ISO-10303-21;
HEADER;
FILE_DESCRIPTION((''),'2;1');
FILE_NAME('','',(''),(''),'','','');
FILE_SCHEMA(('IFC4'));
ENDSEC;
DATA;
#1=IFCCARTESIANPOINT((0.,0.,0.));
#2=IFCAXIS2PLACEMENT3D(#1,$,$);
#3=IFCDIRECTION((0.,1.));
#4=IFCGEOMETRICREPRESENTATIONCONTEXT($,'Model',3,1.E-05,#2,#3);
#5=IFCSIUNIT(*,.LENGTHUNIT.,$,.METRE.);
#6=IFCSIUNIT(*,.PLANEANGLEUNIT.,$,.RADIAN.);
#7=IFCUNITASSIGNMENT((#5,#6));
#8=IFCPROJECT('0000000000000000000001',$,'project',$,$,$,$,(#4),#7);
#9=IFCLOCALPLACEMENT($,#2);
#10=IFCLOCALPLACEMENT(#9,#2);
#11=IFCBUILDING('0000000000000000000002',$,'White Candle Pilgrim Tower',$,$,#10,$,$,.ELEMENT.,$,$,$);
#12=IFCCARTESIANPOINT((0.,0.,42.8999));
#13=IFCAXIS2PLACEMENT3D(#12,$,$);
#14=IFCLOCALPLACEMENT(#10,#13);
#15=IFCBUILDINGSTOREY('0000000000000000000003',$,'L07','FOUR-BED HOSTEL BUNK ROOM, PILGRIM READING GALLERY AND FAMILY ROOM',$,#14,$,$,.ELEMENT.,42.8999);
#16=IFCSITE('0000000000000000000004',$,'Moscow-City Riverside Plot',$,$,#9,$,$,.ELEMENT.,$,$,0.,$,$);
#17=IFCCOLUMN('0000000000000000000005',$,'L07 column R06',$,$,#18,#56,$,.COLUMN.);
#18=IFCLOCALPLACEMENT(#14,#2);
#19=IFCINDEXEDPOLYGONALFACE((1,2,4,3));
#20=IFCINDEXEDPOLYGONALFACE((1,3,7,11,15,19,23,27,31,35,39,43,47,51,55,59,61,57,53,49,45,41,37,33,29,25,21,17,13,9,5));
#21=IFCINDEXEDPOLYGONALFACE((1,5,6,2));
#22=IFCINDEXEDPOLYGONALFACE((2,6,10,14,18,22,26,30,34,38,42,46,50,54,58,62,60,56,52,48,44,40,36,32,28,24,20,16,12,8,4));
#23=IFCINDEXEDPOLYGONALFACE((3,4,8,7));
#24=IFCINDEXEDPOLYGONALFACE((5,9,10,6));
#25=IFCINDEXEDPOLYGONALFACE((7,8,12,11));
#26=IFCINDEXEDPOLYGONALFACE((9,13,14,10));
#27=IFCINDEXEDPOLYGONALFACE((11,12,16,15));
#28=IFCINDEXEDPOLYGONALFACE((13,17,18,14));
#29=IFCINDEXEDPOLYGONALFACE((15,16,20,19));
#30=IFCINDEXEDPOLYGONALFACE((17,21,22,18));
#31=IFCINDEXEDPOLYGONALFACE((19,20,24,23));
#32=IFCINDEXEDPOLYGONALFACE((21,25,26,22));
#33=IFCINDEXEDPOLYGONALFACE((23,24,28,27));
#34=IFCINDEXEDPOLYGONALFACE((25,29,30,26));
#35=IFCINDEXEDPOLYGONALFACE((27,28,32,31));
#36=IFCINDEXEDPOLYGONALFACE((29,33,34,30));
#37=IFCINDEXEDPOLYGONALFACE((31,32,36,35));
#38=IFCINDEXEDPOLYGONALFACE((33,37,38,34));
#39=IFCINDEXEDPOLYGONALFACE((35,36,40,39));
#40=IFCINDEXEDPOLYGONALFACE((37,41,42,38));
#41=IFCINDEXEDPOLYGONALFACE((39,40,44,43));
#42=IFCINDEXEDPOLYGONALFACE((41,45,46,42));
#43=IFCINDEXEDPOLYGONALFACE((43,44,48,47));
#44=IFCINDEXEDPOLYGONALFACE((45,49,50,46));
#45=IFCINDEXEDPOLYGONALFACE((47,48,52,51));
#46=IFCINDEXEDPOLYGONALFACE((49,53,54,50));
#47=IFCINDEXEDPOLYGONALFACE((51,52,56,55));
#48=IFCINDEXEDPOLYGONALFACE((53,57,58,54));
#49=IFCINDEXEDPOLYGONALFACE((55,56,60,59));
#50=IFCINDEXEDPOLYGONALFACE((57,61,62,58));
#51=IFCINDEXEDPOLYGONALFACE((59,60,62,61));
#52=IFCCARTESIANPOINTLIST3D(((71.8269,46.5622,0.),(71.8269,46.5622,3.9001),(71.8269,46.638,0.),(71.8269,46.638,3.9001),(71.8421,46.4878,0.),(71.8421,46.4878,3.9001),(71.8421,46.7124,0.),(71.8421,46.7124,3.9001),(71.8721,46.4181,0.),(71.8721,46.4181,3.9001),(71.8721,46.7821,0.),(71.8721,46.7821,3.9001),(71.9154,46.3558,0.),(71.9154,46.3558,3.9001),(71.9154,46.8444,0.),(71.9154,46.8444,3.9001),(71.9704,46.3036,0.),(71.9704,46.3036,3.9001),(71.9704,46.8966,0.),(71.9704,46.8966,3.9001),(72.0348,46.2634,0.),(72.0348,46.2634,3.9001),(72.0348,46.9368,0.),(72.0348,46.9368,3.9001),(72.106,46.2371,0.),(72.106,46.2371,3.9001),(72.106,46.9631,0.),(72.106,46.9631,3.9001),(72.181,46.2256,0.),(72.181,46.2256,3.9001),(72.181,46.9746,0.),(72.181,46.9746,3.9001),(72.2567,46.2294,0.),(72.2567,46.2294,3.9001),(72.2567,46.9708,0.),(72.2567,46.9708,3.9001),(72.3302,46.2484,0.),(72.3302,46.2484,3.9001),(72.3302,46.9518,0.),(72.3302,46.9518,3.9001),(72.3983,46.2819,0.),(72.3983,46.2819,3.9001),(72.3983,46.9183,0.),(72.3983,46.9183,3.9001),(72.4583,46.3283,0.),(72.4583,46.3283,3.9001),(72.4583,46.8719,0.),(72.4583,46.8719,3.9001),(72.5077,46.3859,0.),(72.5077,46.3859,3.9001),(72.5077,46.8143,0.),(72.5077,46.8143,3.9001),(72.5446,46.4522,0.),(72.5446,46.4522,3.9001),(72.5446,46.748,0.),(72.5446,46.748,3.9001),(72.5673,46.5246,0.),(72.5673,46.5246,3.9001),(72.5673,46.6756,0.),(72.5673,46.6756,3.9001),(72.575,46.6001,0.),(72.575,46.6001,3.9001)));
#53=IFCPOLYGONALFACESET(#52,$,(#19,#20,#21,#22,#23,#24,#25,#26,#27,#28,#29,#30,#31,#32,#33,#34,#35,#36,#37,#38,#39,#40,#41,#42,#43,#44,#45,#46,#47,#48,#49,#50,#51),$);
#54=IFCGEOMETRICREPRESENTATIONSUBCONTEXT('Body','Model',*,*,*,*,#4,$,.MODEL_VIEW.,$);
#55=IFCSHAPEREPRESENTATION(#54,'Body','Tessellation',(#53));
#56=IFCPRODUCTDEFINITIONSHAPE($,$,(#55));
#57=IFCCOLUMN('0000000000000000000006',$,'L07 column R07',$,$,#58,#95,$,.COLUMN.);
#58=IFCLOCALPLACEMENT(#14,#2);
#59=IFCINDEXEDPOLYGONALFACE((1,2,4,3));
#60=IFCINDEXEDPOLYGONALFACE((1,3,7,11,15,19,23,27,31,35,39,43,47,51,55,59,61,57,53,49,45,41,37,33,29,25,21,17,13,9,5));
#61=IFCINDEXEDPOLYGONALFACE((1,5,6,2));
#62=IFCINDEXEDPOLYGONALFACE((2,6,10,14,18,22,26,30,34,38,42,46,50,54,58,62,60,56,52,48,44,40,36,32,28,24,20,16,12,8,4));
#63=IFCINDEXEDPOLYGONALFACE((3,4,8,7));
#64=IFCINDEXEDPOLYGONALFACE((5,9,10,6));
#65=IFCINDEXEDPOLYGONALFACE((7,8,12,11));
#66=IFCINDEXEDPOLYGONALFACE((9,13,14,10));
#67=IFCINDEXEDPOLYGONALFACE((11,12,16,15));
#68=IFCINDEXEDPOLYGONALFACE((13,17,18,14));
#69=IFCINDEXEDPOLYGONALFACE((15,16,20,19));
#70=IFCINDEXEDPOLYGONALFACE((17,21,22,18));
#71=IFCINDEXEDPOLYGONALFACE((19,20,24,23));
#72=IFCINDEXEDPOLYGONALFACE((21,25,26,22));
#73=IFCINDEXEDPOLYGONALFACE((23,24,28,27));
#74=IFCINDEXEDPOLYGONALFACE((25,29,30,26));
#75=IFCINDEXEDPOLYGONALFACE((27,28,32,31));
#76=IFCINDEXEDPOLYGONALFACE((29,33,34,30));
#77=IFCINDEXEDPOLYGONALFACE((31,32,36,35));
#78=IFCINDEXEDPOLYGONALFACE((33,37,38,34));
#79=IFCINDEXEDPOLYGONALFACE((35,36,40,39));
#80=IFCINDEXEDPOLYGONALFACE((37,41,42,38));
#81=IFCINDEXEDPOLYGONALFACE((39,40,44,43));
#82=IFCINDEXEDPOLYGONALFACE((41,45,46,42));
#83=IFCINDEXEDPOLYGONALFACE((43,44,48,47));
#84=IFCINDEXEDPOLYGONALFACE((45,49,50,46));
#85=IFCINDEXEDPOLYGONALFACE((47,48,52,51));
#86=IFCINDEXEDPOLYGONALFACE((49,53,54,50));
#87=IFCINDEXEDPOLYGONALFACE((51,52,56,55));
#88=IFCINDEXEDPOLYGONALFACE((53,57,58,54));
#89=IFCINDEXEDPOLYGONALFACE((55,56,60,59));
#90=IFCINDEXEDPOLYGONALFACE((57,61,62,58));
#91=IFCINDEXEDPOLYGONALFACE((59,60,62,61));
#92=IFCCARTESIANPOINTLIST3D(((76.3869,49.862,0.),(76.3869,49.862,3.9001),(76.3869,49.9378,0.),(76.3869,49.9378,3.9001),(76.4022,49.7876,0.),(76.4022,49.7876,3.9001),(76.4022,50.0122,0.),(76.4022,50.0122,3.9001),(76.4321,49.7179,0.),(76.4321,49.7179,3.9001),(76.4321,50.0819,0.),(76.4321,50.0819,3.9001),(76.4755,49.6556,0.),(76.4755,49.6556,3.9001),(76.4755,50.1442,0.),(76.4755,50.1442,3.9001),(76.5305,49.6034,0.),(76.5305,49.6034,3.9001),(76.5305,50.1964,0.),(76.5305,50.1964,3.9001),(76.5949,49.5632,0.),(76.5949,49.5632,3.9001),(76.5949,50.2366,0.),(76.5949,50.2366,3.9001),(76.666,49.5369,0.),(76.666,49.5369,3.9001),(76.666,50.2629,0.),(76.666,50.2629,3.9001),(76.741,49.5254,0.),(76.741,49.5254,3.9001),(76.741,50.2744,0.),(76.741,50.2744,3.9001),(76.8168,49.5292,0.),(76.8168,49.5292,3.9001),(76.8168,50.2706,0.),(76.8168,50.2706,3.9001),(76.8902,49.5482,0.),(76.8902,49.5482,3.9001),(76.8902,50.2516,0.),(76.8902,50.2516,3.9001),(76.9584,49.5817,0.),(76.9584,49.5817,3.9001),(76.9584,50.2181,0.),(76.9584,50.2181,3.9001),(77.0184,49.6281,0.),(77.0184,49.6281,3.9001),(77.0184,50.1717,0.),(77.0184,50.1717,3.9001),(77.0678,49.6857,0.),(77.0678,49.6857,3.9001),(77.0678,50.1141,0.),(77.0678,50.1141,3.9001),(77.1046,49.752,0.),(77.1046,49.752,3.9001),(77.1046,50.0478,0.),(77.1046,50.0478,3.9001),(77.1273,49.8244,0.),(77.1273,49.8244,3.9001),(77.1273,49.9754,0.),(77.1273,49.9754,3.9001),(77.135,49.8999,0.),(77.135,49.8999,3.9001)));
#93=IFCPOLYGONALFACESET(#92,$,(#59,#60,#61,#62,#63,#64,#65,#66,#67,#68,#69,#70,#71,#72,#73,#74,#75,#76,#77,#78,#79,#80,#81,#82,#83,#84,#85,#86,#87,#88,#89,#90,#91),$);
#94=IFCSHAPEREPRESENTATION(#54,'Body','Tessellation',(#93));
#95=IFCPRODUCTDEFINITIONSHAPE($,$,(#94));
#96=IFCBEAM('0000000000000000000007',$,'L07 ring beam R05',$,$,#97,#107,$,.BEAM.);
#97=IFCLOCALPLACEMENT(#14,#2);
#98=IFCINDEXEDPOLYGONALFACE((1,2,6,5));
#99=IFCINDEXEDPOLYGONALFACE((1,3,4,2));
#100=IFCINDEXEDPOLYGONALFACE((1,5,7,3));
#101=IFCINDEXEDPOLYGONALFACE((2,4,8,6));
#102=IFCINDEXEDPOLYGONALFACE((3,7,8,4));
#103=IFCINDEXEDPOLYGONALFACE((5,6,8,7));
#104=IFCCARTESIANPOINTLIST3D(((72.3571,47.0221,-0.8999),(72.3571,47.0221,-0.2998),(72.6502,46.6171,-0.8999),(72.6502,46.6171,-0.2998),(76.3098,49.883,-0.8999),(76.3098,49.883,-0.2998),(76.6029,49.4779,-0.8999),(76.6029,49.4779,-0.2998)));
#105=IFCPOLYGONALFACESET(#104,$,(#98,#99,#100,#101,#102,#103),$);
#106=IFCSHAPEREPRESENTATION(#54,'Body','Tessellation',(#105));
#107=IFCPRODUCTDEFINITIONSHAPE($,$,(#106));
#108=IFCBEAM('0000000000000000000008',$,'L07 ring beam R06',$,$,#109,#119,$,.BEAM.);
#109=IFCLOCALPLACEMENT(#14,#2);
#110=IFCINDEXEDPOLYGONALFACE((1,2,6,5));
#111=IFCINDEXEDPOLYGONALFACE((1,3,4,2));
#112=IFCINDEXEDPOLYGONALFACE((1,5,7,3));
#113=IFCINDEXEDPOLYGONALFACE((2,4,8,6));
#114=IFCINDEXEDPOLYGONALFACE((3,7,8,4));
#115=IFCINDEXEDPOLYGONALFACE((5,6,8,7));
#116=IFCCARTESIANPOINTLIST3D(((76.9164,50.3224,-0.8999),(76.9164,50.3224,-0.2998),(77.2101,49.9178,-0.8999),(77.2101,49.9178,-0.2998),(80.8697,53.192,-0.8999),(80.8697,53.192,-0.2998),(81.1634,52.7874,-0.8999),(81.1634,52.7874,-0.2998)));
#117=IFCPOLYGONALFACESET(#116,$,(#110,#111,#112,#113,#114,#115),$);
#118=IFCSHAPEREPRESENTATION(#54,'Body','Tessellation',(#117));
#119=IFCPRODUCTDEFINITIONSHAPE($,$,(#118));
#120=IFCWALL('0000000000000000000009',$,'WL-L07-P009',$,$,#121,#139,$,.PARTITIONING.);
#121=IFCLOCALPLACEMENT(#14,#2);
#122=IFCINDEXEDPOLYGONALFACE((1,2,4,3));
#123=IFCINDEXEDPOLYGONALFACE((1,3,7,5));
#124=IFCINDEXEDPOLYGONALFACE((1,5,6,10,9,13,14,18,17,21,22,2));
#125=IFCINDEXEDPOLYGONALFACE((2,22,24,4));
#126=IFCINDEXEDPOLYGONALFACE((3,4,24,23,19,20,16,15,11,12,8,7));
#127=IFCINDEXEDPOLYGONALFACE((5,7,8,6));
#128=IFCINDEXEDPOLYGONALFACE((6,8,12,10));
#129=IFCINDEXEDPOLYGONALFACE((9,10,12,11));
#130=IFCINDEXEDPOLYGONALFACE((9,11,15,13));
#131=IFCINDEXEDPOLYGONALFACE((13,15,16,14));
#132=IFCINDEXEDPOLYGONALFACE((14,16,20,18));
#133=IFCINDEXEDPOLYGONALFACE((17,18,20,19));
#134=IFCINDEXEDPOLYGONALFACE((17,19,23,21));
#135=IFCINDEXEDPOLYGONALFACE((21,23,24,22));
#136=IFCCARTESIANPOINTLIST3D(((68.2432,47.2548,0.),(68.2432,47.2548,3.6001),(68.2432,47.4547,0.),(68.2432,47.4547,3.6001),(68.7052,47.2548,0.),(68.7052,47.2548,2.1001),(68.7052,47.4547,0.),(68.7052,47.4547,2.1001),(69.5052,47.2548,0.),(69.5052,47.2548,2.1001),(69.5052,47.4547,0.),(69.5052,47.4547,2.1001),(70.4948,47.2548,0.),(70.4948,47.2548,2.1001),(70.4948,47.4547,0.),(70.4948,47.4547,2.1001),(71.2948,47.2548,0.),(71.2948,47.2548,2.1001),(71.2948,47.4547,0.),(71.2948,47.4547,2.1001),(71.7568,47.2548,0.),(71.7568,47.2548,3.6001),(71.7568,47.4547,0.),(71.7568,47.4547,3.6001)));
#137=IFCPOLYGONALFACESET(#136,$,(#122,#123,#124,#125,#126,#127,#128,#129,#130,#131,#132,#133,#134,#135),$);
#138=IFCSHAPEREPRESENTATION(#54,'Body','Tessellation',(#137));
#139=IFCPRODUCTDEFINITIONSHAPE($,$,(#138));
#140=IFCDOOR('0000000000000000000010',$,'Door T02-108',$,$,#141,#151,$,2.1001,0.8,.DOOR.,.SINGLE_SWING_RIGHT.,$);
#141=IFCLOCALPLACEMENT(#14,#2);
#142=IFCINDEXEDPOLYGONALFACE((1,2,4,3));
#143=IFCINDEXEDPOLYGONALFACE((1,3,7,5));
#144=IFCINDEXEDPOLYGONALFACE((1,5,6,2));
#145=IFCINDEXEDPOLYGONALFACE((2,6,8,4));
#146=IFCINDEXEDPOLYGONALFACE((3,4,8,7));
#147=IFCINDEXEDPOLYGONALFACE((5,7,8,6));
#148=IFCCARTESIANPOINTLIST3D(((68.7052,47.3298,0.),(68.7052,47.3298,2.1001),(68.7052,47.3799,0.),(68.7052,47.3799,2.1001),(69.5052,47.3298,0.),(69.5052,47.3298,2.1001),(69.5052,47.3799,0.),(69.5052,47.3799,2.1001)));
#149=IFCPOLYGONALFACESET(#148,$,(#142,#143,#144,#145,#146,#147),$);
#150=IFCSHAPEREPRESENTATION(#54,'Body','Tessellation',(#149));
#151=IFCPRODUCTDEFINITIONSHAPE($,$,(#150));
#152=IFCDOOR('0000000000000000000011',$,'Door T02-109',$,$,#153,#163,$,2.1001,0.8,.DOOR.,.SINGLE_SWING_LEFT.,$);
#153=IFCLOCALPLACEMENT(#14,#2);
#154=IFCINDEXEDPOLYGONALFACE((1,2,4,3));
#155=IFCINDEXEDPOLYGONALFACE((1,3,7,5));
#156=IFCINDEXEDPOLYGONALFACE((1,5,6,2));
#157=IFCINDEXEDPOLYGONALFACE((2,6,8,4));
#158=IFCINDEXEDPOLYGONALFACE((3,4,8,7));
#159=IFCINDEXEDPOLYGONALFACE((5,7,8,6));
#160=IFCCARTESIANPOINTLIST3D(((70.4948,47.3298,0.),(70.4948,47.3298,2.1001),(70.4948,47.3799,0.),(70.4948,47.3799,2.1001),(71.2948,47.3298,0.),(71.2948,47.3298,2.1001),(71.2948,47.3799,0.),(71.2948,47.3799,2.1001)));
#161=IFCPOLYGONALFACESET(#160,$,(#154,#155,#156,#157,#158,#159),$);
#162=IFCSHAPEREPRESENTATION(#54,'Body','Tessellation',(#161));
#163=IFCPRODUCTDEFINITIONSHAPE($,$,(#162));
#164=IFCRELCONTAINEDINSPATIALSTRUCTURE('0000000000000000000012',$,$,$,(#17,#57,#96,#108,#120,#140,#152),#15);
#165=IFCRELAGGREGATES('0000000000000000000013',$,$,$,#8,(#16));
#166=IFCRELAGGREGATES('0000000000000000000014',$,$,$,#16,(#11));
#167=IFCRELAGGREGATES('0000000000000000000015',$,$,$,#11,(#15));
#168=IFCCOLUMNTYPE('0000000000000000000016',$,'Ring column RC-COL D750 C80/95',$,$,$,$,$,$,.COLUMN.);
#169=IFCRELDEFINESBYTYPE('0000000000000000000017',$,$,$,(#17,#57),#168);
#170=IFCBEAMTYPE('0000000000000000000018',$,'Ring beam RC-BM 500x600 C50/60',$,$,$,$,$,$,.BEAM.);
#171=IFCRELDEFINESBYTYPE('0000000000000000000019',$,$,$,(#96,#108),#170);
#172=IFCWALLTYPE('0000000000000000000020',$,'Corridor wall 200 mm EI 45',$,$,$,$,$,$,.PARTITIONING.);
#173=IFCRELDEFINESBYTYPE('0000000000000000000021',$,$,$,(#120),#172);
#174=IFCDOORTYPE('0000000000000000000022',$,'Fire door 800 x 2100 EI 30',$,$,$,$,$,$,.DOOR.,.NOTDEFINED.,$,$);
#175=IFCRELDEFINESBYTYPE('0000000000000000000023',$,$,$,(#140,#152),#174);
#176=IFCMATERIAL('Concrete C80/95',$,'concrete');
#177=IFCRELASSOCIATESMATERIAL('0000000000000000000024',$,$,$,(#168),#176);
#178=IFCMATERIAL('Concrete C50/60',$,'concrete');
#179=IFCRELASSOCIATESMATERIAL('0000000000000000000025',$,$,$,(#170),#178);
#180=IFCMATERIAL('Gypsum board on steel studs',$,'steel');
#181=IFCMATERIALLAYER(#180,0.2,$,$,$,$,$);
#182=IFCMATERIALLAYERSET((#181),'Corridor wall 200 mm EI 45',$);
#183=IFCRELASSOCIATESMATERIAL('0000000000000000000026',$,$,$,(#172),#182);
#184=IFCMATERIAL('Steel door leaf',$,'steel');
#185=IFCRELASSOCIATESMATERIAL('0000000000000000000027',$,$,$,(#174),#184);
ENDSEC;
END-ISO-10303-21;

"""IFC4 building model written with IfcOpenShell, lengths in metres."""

from ifc_helpers import new_model, si_unit, direction, frame, frame_2d, origin, origin_2d, place, context, subcontext, project, spatial, rectangle, circle, extrude, material, layer, layer_set, material_profile, profile_set, type_object, element, fill, save


model = new_model("IFC4")

# Units and contexts
model_context = context("Model", 3, precision=1e-05, world=origin(), true_north=direction((0.0, 1.0)))
body_context = subcontext(model_context, "Body", "Model", "MODEL_VIEW")
ifc_project = project(units=[si_unit("LENGTHUNIT", "METRE"), si_unit("PLANEANGLEUNIT", "RADIAN")], contexts=[model_context])

# Site, building, storey
site_placement = place(None, origin())
site = spatial("IfcSite", under=ifc_project, at=site_placement, Name="Moscow-City Riverside Plot", CompositionType="ELEMENT", RefElevation=0.0)
building_placement = place(site_placement, origin())
building = spatial("IfcBuilding", under=site, at=building_placement, Name="White Candle Pilgrim Tower", CompositionType="ELEMENT")
storey_placement = place(building_placement, frame((0.0, 0.0, 42.8999)))
storey = spatial("IfcBuildingStorey", under=building, at=storey_placement, Name="L07", Description="FOUR-BED HOSTEL BUNK ROOM, PILGRIM READING GALLERY AND FAMILY ROOM", CompositionType="ELEMENT", Elevation=42.8999)

# Columns
ifc_material_1 = material(Name="Concrete C80/95", Category="concrete")
ifc_material_profile_1 = material_profile(ifc_material_1, circle(Radius=0.375, at=origin_2d()), Name="RC-COL D750")
ifc_profile_set_1 = profile_set([ifc_material_profile_1], Name="Concrete C80/95")
column_type = type_object("IfcColumnType", Name="Ring column RC-COL D750 C80/95", PredefinedType="COLUMN", material=ifc_profile_set_1)
for number, where, z_axis, x_axis, name in (
    (1, (72.2, 46.6001, 0.0), (0.0, 0.0, 1.0), (1.0, 0.0, 0.0), "L07 column R06"),
    (2, (76.76, 49.8999, 0.0), (0.0, 0.0, 1.0), (1.0, 0.0, 0.0), "L07 column R07"),
):
    element("IfcColumn", number, at=place(storey_placement, frame(where, z_axis=z_axis, x_axis=x_axis)), inside=storey, type_object=column_type, Name=name, PredefinedType="COLUMN", context=body_context, shape_type="SweptSolid", body=[
        extrude(circle(Radius=0.375, at=origin_2d()), origin(), (0.0, 0.0, 1.0), 3.9001),
    ])

# Beams
ifc_material_2 = material(Name="Concrete C50/60", Category="concrete")
ifc_material_profile_2 = material_profile(ifc_material_2, rectangle(XDim=0.5, YDim=0.6001, at=origin_2d()), Name="RC-BM 500x600")
ifc_profile_set_2 = profile_set([ifc_material_profile_2], Name="Concrete C50/60")
beam_type = type_object("IfcBeamType", Name="Ring beam RC-BM 500x600 C50/60", PredefinedType="BEAM", material=ifc_profile_set_2)
beam_1_placement = place(storey_placement, frame((72.5037, 46.8196, -0.5999), z_axis=(0.81008, 0.58632, 0.0), x_axis=(-0.58632, 0.81008, 0.0)))
element("IfcBeam", 3, at=beam_1_placement, inside=storey, type_object=beam_type, Name="L07 ring beam R05", PredefinedType="BEAM", context=body_context, shape_type="SweptSolid", body=[
    extrude(rectangle(XDim=0.5, YDim=0.6001, at=origin_2d()), origin(), (0.0, 0.0, 1.0), 4.8794),
])
beam_2_placement = place(storey_placement, frame((77.0632, 50.1201, -0.5999), z_axis=(0.809276, 0.587429, 0.0), x_axis=(-0.587429, 0.809276, 0.0)))
element("IfcBeam", 4, at=beam_2_placement, inside=storey, type_object=beam_type, Name="L07 ring beam R06", PredefinedType="BEAM", context=body_context, shape_type="SweptSolid", body=[
    extrude(rectangle(XDim=0.5, YDim=0.6001, at=origin_2d()), origin(), (0.0, 0.0, 1.0), 4.885),
])

# Wall, openings, doors
ifc_material_3 = material(Name="Gypsum board on steel studs", Category="steel")
ifc_layer_1 = layer(ifc_material_3, 0.2)
ifc_layer_set_1 = layer_set([ifc_layer_1], Name="Corridor wall 200 mm EI 45")
wall_type_1 = type_object("IfcWallType", Name="Corridor wall 200 mm EI 45", PredefinedType="PARTITIONING", material=ifc_layer_set_1)
wall_1_placement = place(storey_placement, frame((71.7568, 47.3547, 0.0), z_axis=(0.0, 0.0, 1.0), x_axis=(-1.0, 0.0, 0.0)))
wall_1 = element("IfcWall", 5, at=wall_1_placement, inside=storey, type_object=wall_type_1, Name="WL-L07-P009", PredefinedType="PARTITIONING", context=body_context, shape_type="SweptSolid", body=[
    extrude(rectangle(XDim=3.5137, YDim=0.2, at=frame_2d((1.7568, 0.0))), origin(), (0.0, 0.0, 1.0), 3.6001),
])
opening_1_placement = place(wall_1_placement, frame((2.2517, 0.0, 0.0)))
opening_1 = element("IfcOpeningElement", 6, at=opening_1_placement, cuts=wall_1, PredefinedType="OPENING", context=body_context, shape_type="SweptSolid", body=[
    extrude(rectangle(XDim=0.8, YDim=2.1001, at=frame_2d((0.3999, 1.05))), frame((0.0, 0.1099, 0.0), z_axis=(0.0, -1.0, 0.0), x_axis=(1.0, 0.0, 0.0)), (0.0, 0.0, 1.0), 0.22),
])
opening_2_placement = place(wall_1_placement, frame((0.4622, 0.0, 0.0)))
opening_2 = element("IfcOpeningElement", 7, at=opening_2_placement, cuts=wall_1, PredefinedType="OPENING", context=body_context, shape_type="SweptSolid", body=[
    extrude(rectangle(XDim=0.8, YDim=2.1001, at=frame_2d((0.3999, 1.05))), frame((0.0, 0.1099, 0.0), z_axis=(0.0, -1.0, 0.0), x_axis=(1.0, 0.0, 0.0)), (0.0, 0.0, 1.0), 0.22),
])
ifc_material_4 = material(Name="Steel door leaf", Category="steel")
door_type_1 = type_object("IfcDoorType", Name="Fire door 800 x 2100 EI 30", OperationType="NOTDEFINED", PredefinedType="DOOR", material=ifc_material_4)
door_1_placement = place(opening_1_placement, origin())
door_1 = element("IfcDoor", 8, at=door_1_placement, inside=storey, type_object=door_type_1, Name="Door T02-108", OperationType="SINGLE_SWING_RIGHT", OverallHeight=2.1001, OverallWidth=0.8, PredefinedType="DOOR", context=body_context, shape_type="SweptSolid", body=[
    extrude(rectangle(XDim=0.8, YDim=2.1001, at=frame_2d((0.3999, 1.05))), frame((0.0, 0.0249, 0.0), z_axis=(0.0, -1.0, 0.0), x_axis=(1.0, 0.0, 0.0)), (0.0, 0.0, 1.0), 0.05),
])
fill(opening_1, door_1)
door_2_placement = place(opening_2_placement, origin())
door_2 = element("IfcDoor", 9, at=door_2_placement, inside=storey, type_object=door_type_1, Name="Door T02-109", OperationType="SINGLE_SWING_LEFT", OverallHeight=2.1001, OverallWidth=0.8, PredefinedType="DOOR", context=body_context, shape_type="SweptSolid", body=[
    extrude(rectangle(XDim=0.8, YDim=2.1001, at=frame_2d((0.3999, 1.05))), frame((0.0, 0.0249, 0.0), z_axis=(0.0, -1.0, 0.0), x_axis=(1.0, 0.0, 0.0)), (0.0, 0.0, 1.0), 0.05),
])
fill(opening_2, door_2)

save(model, "model.ifc")
